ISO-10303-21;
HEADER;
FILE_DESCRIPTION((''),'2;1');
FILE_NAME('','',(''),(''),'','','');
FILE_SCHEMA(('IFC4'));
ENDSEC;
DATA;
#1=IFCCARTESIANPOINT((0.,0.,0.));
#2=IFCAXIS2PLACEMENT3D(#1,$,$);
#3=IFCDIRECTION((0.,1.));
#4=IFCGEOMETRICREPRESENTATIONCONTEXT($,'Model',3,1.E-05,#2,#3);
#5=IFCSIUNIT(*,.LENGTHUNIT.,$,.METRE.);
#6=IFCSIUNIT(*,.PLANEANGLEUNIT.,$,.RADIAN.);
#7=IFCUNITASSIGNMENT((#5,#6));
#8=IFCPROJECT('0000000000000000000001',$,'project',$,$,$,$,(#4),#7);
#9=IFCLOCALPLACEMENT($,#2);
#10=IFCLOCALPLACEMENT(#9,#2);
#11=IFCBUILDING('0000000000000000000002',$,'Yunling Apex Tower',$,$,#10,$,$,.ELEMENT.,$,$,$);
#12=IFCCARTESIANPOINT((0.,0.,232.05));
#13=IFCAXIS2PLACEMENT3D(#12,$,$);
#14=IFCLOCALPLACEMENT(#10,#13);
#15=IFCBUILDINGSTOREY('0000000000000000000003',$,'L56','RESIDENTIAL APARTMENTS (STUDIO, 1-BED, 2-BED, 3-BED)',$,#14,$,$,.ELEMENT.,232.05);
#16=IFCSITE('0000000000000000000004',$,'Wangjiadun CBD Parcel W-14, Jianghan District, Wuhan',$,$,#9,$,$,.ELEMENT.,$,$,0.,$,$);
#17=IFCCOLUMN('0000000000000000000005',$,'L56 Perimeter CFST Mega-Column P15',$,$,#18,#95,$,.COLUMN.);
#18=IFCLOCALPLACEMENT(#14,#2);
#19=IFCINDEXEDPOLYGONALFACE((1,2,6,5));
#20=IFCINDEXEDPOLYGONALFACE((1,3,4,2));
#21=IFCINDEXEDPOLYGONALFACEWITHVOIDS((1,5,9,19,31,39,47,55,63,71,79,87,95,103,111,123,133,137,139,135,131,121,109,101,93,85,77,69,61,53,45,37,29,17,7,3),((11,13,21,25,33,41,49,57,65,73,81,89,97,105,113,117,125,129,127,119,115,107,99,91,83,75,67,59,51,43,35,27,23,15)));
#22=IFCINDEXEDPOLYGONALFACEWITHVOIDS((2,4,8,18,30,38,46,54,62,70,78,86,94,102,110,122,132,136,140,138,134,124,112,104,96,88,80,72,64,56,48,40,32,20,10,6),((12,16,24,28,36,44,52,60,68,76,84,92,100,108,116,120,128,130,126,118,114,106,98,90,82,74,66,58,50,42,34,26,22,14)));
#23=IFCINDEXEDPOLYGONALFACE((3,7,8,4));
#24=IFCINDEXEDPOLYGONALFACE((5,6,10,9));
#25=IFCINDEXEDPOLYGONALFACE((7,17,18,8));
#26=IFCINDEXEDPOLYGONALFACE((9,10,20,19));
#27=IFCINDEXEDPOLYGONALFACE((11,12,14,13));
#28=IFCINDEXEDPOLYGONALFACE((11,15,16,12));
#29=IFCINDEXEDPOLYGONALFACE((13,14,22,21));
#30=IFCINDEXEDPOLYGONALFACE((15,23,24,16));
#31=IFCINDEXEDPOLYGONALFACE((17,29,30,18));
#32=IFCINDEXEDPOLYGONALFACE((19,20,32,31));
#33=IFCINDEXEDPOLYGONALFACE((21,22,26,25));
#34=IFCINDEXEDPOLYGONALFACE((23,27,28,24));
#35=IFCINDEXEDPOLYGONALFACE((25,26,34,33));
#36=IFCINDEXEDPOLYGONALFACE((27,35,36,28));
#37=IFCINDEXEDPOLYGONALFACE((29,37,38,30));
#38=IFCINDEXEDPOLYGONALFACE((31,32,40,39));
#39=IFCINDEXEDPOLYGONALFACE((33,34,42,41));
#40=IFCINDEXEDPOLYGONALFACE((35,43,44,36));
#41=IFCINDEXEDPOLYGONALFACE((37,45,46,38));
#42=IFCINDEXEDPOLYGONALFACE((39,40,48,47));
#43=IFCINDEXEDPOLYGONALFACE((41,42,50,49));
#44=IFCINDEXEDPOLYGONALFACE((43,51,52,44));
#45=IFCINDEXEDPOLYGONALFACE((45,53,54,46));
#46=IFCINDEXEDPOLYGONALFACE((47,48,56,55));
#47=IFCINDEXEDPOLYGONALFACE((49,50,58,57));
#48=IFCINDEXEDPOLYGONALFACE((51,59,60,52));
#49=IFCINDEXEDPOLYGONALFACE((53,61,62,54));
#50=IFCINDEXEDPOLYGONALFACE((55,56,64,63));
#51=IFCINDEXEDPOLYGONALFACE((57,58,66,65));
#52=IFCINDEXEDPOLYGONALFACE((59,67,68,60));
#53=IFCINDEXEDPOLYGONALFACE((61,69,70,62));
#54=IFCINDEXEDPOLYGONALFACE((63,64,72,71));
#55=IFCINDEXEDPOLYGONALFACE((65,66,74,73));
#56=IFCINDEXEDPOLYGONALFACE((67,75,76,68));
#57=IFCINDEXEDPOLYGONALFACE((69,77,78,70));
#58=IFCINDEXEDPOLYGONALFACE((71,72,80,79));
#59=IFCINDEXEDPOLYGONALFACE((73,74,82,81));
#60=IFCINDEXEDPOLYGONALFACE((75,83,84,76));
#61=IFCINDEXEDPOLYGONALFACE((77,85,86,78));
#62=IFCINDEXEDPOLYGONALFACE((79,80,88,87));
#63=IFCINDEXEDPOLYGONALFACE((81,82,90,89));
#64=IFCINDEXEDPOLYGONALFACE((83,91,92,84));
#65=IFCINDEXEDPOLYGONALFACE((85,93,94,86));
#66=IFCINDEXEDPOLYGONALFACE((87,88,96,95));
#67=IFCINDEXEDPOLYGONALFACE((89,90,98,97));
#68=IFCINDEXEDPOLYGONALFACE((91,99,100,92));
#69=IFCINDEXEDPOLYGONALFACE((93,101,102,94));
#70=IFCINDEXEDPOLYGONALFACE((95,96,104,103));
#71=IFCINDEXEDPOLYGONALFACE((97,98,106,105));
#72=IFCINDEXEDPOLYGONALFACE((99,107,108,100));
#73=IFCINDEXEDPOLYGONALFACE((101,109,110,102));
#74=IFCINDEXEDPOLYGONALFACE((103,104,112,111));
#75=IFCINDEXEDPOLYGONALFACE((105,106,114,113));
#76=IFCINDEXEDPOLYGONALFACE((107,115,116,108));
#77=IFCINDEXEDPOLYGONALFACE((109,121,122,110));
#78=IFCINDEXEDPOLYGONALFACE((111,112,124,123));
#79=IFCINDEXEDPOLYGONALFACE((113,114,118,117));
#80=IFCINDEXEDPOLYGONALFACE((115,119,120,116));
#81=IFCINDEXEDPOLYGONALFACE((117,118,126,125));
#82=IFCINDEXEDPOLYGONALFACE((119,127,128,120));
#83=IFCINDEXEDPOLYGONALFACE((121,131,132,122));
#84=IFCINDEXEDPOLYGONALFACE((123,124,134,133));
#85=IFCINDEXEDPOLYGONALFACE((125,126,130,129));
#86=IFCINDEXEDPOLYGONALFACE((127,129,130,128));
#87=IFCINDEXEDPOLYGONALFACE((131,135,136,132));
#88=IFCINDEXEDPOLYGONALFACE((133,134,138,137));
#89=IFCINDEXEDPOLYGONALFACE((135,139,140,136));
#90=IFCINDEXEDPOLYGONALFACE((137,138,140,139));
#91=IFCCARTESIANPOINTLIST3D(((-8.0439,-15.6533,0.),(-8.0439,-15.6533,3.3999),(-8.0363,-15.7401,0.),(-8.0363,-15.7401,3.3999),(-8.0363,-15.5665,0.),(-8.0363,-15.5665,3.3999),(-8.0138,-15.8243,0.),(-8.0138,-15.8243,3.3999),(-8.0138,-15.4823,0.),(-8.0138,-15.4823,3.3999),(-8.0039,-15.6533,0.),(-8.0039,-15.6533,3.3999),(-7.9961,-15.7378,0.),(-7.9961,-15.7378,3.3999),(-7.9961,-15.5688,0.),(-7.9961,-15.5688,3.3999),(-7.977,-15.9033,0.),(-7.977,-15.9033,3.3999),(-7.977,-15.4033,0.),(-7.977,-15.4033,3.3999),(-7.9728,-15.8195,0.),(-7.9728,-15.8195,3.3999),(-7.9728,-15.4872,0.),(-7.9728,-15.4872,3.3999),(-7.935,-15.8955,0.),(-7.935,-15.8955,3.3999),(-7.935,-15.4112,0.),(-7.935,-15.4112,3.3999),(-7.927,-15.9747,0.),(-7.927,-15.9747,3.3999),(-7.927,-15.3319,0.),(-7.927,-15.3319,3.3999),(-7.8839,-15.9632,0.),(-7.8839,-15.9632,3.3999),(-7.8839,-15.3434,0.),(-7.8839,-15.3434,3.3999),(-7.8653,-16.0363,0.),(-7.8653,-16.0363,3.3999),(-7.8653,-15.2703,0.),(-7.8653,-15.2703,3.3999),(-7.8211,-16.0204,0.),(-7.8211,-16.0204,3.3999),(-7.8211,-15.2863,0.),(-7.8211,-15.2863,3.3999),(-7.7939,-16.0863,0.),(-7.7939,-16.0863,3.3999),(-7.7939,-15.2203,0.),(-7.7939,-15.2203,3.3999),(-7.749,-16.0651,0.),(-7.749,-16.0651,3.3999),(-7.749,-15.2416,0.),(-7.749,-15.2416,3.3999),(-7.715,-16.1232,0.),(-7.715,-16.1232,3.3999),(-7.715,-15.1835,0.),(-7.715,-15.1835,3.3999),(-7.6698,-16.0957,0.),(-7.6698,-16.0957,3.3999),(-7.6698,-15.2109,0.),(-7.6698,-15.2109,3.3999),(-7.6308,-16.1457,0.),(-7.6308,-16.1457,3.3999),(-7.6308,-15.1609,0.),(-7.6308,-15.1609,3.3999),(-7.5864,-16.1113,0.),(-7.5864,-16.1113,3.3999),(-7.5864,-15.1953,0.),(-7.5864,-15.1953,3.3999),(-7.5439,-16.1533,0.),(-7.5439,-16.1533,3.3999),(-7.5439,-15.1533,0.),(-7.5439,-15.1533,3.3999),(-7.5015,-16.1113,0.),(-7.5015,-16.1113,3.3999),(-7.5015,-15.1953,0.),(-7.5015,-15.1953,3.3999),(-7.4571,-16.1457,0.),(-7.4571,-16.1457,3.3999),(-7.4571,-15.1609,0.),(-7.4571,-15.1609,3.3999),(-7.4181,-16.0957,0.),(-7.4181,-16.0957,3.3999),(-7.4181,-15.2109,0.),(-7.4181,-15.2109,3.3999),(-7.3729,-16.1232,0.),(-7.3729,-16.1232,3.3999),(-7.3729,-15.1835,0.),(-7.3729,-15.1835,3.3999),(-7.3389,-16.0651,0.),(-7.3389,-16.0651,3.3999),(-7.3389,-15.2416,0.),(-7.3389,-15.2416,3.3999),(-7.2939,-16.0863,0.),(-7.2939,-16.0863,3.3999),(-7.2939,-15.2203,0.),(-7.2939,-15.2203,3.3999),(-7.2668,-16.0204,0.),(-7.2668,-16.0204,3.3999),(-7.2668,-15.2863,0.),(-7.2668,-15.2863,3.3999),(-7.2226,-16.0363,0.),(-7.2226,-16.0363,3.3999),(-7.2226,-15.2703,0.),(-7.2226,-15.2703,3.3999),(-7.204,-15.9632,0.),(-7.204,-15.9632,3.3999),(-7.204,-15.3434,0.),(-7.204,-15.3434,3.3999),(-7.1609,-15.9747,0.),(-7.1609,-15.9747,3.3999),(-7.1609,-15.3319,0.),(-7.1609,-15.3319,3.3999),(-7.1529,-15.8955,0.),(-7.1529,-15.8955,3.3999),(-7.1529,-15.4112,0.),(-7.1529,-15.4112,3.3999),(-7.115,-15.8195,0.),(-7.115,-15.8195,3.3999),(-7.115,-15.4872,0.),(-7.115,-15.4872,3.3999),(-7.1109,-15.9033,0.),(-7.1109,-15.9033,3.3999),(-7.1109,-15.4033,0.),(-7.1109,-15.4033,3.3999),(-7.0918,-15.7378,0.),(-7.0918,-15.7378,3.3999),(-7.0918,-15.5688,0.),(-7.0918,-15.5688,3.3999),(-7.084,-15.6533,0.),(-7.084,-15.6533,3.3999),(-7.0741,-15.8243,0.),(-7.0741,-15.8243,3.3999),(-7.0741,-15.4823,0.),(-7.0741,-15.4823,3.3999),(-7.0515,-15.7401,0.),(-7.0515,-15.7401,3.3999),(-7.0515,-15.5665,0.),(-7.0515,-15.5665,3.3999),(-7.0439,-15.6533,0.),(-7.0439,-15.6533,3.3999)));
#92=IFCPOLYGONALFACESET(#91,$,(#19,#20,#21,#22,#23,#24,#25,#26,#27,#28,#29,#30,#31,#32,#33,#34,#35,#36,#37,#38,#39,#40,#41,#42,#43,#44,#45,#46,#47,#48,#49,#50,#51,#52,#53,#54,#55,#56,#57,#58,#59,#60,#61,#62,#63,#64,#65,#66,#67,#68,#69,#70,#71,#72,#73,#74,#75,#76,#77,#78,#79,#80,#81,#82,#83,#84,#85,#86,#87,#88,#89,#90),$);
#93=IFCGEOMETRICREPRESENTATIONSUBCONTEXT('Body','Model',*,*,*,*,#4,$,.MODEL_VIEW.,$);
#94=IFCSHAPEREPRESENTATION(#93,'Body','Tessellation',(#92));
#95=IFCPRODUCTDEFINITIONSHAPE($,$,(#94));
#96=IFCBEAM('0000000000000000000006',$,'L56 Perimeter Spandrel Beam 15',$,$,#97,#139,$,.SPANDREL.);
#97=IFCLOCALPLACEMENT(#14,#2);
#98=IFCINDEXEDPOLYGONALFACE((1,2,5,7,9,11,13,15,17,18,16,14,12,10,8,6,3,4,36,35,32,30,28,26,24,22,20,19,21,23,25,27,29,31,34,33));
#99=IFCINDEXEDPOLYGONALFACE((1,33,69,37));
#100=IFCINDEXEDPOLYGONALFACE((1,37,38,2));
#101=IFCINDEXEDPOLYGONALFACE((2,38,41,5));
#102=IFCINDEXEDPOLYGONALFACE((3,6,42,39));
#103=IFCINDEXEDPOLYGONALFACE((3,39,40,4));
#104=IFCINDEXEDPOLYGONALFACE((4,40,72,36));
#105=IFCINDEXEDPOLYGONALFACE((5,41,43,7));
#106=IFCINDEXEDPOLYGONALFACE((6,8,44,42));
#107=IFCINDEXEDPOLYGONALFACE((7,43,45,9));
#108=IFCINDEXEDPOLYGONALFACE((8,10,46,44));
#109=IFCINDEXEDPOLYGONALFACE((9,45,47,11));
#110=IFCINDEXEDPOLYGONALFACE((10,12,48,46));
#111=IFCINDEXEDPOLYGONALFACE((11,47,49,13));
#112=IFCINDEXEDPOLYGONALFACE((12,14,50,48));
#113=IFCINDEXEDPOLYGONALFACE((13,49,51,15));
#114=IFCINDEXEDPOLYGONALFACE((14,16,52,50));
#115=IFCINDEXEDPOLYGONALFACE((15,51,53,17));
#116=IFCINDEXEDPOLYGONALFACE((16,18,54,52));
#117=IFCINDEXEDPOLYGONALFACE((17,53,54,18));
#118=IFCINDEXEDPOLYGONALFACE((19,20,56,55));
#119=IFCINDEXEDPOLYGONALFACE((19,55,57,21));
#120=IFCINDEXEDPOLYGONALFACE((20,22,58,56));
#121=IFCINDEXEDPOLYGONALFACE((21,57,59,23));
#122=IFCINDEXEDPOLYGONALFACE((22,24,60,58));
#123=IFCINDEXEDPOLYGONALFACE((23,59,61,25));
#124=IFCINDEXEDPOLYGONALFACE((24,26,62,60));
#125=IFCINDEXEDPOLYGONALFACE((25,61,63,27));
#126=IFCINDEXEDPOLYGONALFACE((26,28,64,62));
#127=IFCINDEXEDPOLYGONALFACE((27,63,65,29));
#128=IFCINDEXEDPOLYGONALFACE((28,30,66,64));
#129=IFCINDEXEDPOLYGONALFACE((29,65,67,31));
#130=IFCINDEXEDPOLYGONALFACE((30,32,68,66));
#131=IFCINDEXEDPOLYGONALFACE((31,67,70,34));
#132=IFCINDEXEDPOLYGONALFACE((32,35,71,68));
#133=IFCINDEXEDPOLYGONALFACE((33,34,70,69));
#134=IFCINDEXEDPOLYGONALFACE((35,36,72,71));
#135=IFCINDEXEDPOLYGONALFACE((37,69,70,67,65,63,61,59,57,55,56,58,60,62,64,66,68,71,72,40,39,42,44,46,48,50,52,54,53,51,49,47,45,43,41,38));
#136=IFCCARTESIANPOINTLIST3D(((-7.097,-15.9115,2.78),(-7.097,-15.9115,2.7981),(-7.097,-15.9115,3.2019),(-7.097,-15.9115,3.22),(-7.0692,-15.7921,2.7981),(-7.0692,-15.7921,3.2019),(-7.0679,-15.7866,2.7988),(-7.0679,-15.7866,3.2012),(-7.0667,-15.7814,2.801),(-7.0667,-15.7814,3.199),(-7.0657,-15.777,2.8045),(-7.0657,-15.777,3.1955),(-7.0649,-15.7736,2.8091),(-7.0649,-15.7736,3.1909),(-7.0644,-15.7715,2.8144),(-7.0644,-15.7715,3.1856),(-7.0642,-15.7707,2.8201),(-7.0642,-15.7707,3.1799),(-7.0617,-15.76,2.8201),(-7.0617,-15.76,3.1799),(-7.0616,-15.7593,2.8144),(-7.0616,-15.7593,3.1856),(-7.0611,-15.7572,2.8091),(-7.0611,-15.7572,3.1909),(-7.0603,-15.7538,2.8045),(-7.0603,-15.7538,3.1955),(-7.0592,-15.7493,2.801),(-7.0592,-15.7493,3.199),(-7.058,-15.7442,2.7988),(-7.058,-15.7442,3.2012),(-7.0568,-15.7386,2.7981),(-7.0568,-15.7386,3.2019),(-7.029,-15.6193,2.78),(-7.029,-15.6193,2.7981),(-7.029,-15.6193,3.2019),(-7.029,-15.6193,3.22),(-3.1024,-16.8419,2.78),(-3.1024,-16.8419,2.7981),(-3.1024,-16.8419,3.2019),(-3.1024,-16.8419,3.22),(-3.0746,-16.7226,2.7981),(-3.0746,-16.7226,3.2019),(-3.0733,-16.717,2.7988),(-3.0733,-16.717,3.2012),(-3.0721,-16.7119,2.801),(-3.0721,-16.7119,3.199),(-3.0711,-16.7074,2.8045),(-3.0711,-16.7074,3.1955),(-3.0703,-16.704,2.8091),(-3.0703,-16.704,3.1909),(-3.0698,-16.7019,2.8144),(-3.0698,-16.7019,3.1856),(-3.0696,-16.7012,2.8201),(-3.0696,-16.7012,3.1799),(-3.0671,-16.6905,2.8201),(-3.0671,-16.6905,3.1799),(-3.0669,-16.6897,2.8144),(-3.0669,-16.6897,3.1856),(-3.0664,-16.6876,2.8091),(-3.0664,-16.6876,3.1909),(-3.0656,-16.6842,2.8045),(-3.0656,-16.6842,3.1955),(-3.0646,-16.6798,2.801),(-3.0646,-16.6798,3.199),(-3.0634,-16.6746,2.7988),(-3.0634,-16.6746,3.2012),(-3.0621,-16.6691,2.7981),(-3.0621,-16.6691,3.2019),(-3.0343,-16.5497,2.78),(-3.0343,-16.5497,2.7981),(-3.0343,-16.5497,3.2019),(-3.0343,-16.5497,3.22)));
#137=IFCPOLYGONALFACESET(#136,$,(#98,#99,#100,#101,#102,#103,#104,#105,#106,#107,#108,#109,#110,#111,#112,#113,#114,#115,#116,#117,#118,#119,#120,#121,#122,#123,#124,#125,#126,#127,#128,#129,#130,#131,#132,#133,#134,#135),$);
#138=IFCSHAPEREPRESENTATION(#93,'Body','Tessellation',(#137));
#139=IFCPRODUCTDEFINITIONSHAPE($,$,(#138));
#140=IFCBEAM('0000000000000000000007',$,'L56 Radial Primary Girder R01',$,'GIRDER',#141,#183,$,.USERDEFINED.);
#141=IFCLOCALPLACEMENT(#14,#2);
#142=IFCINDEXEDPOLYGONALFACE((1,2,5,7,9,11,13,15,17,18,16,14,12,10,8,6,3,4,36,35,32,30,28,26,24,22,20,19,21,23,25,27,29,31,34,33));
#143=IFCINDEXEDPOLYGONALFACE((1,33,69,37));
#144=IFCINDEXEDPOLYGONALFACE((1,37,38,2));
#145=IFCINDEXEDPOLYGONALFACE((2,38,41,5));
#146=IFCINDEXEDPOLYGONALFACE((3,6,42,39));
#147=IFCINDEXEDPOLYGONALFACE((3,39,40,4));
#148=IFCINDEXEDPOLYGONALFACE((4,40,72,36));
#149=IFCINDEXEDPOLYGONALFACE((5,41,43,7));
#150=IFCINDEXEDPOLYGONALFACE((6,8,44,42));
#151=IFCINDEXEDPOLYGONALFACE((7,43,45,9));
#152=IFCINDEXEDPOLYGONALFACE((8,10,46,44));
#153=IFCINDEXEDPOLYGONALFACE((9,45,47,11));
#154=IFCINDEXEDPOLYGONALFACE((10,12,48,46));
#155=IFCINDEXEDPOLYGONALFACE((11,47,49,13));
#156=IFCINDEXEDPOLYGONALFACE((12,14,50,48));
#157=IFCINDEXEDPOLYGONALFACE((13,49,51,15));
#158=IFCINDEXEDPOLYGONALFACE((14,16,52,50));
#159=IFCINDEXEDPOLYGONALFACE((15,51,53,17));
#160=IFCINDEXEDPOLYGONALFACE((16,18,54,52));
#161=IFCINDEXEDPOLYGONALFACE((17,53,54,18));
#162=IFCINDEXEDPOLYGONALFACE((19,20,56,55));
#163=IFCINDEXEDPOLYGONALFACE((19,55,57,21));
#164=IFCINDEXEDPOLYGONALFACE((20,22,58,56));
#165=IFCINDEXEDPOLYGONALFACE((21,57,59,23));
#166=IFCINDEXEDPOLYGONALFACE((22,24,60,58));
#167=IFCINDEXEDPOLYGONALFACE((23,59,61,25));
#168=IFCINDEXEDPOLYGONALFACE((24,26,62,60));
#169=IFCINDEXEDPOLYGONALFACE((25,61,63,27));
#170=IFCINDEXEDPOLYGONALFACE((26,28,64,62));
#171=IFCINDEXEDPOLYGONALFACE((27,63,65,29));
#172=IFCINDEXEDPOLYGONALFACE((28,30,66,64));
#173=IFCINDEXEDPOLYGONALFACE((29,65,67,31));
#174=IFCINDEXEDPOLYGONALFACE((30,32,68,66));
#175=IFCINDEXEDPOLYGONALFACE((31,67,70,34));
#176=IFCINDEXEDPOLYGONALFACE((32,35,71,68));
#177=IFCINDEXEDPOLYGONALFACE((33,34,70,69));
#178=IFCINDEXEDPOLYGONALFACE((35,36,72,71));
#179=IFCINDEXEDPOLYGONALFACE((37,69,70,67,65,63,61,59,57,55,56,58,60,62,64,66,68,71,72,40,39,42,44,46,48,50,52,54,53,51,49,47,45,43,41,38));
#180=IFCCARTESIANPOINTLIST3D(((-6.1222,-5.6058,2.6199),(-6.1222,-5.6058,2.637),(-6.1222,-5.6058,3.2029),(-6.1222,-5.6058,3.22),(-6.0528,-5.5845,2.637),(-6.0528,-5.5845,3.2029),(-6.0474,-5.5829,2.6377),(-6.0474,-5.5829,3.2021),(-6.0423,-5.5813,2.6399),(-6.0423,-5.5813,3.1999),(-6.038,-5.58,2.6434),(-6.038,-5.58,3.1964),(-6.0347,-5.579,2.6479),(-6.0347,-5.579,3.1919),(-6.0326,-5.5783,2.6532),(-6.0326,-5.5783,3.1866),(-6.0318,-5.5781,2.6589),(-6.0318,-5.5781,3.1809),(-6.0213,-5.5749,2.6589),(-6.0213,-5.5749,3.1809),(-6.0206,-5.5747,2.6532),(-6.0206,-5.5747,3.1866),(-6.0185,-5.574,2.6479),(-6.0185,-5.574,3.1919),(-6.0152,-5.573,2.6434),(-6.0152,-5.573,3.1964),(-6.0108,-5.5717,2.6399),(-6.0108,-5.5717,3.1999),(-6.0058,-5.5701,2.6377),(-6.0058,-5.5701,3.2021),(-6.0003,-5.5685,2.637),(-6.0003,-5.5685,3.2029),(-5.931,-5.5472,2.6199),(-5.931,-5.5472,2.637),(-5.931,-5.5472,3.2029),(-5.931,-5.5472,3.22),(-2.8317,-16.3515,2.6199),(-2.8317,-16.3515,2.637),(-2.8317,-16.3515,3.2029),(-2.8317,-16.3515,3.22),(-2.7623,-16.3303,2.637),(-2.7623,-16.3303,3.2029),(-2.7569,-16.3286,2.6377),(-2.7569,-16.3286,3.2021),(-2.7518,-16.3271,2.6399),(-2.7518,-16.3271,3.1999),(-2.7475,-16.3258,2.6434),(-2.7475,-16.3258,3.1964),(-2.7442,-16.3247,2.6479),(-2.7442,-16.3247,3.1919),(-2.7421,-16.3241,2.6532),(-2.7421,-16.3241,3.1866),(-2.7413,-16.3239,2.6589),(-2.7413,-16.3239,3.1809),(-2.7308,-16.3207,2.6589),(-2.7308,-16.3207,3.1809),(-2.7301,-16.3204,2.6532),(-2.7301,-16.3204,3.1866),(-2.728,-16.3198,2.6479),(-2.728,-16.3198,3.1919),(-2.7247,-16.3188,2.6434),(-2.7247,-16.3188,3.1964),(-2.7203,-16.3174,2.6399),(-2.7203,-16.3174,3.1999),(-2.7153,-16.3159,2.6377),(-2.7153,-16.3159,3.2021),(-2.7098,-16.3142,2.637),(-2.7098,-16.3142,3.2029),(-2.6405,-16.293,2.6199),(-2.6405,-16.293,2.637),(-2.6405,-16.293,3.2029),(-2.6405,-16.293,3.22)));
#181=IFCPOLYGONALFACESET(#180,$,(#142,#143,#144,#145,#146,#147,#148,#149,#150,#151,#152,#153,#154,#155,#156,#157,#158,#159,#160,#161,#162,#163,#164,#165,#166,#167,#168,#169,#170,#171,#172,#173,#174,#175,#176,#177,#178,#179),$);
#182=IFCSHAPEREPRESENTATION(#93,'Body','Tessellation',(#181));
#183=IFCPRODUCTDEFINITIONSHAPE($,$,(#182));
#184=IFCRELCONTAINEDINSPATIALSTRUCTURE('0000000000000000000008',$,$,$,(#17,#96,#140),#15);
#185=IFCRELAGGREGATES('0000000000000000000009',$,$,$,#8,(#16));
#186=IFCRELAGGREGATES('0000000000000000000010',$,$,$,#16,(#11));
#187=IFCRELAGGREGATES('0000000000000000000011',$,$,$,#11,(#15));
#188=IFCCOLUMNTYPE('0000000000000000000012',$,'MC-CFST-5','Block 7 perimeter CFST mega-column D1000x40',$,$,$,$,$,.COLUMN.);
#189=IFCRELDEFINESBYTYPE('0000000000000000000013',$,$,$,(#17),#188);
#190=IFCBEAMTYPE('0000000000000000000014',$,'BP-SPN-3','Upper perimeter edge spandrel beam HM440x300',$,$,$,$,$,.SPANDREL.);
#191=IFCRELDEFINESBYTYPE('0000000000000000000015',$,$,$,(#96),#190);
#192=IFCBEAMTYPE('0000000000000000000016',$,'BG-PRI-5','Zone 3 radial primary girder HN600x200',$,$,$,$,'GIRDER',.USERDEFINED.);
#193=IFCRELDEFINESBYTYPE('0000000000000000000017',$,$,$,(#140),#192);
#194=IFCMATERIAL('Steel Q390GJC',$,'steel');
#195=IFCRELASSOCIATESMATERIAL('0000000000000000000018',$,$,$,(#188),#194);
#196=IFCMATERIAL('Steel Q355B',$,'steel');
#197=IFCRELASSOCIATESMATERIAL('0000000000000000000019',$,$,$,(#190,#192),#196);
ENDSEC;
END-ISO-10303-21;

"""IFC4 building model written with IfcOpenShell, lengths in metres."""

from ifc_helpers import new_model, si_unit, direction, frame, origin, origin_2d, place, context, subcontext, project, spatial, hollow_circle, i_section, extrude, source, transform, mapped, material, material_profile, profile_set, type_object, element, save


model = new_model("IFC4")

# Units and contexts
model_context = context("Model", 3, precision=1e-05, world=origin(), true_north=direction((0.0, 1.0)))
body_context = subcontext(model_context, "Body", "Model", "MODEL_VIEW")
ifc_project = project(units=[si_unit("LENGTHUNIT", "METRE"), si_unit("PLANEANGLEUNIT", "RADIAN")], contexts=[model_context])

# Site, building, storey
site_placement = place(None, origin())
site = spatial("IfcSite", under=ifc_project, at=site_placement, Name="Wangjiadun CBD Parcel W-14, Jianghan District, Wuhan", CompositionType="ELEMENT", RefElevation=0.0)
building_placement = place(site_placement, origin())
building = spatial("IfcBuilding", under=site, at=building_placement, Name="Yunling Apex Tower", CompositionType="ELEMENT")
storey_placement = place(building_placement, frame((0.0, 0.0, 232.05)))
storey = spatial("IfcBuildingStorey", under=building, at=storey_placement, Name="L56", Description="RESIDENTIAL APARTMENTS (STUDIO, 1-BED, 2-BED, 3-BED)", CompositionType="ELEMENT", Elevation=232.05)

# Column
ifc_material_1 = material(Name="Steel Q390GJC", Category="steel")
ifc_material_profile_1 = material_profile(ifc_material_1, hollow_circle(Radius=0.5, WallThickness=0.04, at=origin_2d()))
ifc_profile_set_1 = profile_set([ifc_material_profile_1], Name="Steel Q390GJC")
column_type = type_object("IfcColumnType", Name="MC-CFST-5", Description="Block 7 perimeter CFST mega-column D1000x40", PredefinedType="COLUMN", material=ifc_profile_set_1)
shared_shape_1 = source(origin(), body_context, "Body", "SweptSolid", [
    extrude(hollow_circle(Radius=0.5, WallThickness=0.04, at=origin_2d()), origin(), (0.0, 0.0, 1.0), 3.3999),
])
column_placement = place(storey_placement, frame((-7.5439, -15.6533, 0.0), z_axis=(0.0, 0.0, 1.0), x_axis=(1.0, 0.0, 0.0)))
element("IfcColumn", 1, at=column_placement, inside=storey, type_object=column_type, Name="L56 Perimeter CFST Mega-Column P15", PredefinedType="COLUMN", context=body_context, shape_type="MappedRepresentation", body=[
    mapped(shared_shape_1, transform((0.0, 0.0, 0.0), scale=1.0)),
])

# Beams
ifc_material_2 = material(Name="Steel Q355B", Category="steel")
ifc_material_profile_2 = material_profile(ifc_material_2, i_section(OverallWidth=0.3, OverallDepth=0.4399, WebThickness=0.011, FlangeThickness=0.0181, FilletRadius=0.022, at=origin_2d()))
ifc_profile_set_2 = profile_set([ifc_material_profile_2], Name="Steel Q355B")
beam_type_1 = type_object("IfcBeamType", Name="BP-SPN-3", Description="Upper perimeter edge spandrel beam HM440x300", PredefinedType="SPANDREL", material=ifc_profile_set_2)
shared_shape_2 = source(origin(), body_context, "Body", "SweptSolid", [
    extrude(i_section(OverallWidth=0.3, OverallDepth=0.4399, WebThickness=0.011, FlangeThickness=0.0181, FilletRadius=0.022, at=origin_2d()), origin(), (0.0, 0.0, 1.0), 4.1016),
])
beam_1_placement = place(storey_placement, frame((-7.063, -15.7654, 3.0), z_axis=(0.973931, -0.226846, 0.0), x_axis=(0.226846, 0.973931, 0.0)))
element("IfcBeam", 2, at=beam_1_placement, inside=storey, type_object=beam_type_1, Name="L56 Perimeter Spandrel Beam 15", PredefinedType="SPANDREL", context=body_context, shape_type="MappedRepresentation", body=[
    mapped(shared_shape_2, transform((0.0, 0.0, 0.0), scale=1.0)),
])
ifc_material_profile_3 = material_profile(ifc_material_2, i_section(OverallWidth=0.2, OverallDepth=0.6001, WebThickness=0.011, FlangeThickness=0.0171, FilletRadius=0.022, at=origin_2d()))
ifc_profile_set_3 = profile_set([ifc_material_profile_3], Name="Steel Q355B")
beam_type_2 = type_object("IfcBeamType", Name="BG-PRI-5", Description="Zone 3 radial primary girder HN600x200", ElementType="GIRDER", PredefinedType="USERDEFINED", material=ifc_profile_set_3)
shared_shape_3 = source(origin(), body_context, "Body", "SweptSolid", [
    extrude(i_section(OverallWidth=0.2, OverallDepth=0.6001, WebThickness=0.011, FlangeThickness=0.0171, FilletRadius=0.022, at=origin_2d()), origin(), (0.0, 0.0, 1.0), 11.2383),
])
beam_2_placement = place(storey_placement, frame((-2.7361, -16.3223, 2.9199), z_axis=(-0.292794, 0.956176, 0.0), x_axis=(-0.956176, -0.292794, 0.0)))
element("IfcBeam", 3, at=beam_2_placement, inside=storey, type_object=beam_type_2, Name="L56 Radial Primary Girder R01", ObjectType="GIRDER", PredefinedType="USERDEFINED", context=body_context, shape_type="MappedRepresentation", body=[
    mapped(shared_shape_3, transform((0.0, 0.0, 0.0), scale=1.0)),
])

save(model, "model.ifc")
